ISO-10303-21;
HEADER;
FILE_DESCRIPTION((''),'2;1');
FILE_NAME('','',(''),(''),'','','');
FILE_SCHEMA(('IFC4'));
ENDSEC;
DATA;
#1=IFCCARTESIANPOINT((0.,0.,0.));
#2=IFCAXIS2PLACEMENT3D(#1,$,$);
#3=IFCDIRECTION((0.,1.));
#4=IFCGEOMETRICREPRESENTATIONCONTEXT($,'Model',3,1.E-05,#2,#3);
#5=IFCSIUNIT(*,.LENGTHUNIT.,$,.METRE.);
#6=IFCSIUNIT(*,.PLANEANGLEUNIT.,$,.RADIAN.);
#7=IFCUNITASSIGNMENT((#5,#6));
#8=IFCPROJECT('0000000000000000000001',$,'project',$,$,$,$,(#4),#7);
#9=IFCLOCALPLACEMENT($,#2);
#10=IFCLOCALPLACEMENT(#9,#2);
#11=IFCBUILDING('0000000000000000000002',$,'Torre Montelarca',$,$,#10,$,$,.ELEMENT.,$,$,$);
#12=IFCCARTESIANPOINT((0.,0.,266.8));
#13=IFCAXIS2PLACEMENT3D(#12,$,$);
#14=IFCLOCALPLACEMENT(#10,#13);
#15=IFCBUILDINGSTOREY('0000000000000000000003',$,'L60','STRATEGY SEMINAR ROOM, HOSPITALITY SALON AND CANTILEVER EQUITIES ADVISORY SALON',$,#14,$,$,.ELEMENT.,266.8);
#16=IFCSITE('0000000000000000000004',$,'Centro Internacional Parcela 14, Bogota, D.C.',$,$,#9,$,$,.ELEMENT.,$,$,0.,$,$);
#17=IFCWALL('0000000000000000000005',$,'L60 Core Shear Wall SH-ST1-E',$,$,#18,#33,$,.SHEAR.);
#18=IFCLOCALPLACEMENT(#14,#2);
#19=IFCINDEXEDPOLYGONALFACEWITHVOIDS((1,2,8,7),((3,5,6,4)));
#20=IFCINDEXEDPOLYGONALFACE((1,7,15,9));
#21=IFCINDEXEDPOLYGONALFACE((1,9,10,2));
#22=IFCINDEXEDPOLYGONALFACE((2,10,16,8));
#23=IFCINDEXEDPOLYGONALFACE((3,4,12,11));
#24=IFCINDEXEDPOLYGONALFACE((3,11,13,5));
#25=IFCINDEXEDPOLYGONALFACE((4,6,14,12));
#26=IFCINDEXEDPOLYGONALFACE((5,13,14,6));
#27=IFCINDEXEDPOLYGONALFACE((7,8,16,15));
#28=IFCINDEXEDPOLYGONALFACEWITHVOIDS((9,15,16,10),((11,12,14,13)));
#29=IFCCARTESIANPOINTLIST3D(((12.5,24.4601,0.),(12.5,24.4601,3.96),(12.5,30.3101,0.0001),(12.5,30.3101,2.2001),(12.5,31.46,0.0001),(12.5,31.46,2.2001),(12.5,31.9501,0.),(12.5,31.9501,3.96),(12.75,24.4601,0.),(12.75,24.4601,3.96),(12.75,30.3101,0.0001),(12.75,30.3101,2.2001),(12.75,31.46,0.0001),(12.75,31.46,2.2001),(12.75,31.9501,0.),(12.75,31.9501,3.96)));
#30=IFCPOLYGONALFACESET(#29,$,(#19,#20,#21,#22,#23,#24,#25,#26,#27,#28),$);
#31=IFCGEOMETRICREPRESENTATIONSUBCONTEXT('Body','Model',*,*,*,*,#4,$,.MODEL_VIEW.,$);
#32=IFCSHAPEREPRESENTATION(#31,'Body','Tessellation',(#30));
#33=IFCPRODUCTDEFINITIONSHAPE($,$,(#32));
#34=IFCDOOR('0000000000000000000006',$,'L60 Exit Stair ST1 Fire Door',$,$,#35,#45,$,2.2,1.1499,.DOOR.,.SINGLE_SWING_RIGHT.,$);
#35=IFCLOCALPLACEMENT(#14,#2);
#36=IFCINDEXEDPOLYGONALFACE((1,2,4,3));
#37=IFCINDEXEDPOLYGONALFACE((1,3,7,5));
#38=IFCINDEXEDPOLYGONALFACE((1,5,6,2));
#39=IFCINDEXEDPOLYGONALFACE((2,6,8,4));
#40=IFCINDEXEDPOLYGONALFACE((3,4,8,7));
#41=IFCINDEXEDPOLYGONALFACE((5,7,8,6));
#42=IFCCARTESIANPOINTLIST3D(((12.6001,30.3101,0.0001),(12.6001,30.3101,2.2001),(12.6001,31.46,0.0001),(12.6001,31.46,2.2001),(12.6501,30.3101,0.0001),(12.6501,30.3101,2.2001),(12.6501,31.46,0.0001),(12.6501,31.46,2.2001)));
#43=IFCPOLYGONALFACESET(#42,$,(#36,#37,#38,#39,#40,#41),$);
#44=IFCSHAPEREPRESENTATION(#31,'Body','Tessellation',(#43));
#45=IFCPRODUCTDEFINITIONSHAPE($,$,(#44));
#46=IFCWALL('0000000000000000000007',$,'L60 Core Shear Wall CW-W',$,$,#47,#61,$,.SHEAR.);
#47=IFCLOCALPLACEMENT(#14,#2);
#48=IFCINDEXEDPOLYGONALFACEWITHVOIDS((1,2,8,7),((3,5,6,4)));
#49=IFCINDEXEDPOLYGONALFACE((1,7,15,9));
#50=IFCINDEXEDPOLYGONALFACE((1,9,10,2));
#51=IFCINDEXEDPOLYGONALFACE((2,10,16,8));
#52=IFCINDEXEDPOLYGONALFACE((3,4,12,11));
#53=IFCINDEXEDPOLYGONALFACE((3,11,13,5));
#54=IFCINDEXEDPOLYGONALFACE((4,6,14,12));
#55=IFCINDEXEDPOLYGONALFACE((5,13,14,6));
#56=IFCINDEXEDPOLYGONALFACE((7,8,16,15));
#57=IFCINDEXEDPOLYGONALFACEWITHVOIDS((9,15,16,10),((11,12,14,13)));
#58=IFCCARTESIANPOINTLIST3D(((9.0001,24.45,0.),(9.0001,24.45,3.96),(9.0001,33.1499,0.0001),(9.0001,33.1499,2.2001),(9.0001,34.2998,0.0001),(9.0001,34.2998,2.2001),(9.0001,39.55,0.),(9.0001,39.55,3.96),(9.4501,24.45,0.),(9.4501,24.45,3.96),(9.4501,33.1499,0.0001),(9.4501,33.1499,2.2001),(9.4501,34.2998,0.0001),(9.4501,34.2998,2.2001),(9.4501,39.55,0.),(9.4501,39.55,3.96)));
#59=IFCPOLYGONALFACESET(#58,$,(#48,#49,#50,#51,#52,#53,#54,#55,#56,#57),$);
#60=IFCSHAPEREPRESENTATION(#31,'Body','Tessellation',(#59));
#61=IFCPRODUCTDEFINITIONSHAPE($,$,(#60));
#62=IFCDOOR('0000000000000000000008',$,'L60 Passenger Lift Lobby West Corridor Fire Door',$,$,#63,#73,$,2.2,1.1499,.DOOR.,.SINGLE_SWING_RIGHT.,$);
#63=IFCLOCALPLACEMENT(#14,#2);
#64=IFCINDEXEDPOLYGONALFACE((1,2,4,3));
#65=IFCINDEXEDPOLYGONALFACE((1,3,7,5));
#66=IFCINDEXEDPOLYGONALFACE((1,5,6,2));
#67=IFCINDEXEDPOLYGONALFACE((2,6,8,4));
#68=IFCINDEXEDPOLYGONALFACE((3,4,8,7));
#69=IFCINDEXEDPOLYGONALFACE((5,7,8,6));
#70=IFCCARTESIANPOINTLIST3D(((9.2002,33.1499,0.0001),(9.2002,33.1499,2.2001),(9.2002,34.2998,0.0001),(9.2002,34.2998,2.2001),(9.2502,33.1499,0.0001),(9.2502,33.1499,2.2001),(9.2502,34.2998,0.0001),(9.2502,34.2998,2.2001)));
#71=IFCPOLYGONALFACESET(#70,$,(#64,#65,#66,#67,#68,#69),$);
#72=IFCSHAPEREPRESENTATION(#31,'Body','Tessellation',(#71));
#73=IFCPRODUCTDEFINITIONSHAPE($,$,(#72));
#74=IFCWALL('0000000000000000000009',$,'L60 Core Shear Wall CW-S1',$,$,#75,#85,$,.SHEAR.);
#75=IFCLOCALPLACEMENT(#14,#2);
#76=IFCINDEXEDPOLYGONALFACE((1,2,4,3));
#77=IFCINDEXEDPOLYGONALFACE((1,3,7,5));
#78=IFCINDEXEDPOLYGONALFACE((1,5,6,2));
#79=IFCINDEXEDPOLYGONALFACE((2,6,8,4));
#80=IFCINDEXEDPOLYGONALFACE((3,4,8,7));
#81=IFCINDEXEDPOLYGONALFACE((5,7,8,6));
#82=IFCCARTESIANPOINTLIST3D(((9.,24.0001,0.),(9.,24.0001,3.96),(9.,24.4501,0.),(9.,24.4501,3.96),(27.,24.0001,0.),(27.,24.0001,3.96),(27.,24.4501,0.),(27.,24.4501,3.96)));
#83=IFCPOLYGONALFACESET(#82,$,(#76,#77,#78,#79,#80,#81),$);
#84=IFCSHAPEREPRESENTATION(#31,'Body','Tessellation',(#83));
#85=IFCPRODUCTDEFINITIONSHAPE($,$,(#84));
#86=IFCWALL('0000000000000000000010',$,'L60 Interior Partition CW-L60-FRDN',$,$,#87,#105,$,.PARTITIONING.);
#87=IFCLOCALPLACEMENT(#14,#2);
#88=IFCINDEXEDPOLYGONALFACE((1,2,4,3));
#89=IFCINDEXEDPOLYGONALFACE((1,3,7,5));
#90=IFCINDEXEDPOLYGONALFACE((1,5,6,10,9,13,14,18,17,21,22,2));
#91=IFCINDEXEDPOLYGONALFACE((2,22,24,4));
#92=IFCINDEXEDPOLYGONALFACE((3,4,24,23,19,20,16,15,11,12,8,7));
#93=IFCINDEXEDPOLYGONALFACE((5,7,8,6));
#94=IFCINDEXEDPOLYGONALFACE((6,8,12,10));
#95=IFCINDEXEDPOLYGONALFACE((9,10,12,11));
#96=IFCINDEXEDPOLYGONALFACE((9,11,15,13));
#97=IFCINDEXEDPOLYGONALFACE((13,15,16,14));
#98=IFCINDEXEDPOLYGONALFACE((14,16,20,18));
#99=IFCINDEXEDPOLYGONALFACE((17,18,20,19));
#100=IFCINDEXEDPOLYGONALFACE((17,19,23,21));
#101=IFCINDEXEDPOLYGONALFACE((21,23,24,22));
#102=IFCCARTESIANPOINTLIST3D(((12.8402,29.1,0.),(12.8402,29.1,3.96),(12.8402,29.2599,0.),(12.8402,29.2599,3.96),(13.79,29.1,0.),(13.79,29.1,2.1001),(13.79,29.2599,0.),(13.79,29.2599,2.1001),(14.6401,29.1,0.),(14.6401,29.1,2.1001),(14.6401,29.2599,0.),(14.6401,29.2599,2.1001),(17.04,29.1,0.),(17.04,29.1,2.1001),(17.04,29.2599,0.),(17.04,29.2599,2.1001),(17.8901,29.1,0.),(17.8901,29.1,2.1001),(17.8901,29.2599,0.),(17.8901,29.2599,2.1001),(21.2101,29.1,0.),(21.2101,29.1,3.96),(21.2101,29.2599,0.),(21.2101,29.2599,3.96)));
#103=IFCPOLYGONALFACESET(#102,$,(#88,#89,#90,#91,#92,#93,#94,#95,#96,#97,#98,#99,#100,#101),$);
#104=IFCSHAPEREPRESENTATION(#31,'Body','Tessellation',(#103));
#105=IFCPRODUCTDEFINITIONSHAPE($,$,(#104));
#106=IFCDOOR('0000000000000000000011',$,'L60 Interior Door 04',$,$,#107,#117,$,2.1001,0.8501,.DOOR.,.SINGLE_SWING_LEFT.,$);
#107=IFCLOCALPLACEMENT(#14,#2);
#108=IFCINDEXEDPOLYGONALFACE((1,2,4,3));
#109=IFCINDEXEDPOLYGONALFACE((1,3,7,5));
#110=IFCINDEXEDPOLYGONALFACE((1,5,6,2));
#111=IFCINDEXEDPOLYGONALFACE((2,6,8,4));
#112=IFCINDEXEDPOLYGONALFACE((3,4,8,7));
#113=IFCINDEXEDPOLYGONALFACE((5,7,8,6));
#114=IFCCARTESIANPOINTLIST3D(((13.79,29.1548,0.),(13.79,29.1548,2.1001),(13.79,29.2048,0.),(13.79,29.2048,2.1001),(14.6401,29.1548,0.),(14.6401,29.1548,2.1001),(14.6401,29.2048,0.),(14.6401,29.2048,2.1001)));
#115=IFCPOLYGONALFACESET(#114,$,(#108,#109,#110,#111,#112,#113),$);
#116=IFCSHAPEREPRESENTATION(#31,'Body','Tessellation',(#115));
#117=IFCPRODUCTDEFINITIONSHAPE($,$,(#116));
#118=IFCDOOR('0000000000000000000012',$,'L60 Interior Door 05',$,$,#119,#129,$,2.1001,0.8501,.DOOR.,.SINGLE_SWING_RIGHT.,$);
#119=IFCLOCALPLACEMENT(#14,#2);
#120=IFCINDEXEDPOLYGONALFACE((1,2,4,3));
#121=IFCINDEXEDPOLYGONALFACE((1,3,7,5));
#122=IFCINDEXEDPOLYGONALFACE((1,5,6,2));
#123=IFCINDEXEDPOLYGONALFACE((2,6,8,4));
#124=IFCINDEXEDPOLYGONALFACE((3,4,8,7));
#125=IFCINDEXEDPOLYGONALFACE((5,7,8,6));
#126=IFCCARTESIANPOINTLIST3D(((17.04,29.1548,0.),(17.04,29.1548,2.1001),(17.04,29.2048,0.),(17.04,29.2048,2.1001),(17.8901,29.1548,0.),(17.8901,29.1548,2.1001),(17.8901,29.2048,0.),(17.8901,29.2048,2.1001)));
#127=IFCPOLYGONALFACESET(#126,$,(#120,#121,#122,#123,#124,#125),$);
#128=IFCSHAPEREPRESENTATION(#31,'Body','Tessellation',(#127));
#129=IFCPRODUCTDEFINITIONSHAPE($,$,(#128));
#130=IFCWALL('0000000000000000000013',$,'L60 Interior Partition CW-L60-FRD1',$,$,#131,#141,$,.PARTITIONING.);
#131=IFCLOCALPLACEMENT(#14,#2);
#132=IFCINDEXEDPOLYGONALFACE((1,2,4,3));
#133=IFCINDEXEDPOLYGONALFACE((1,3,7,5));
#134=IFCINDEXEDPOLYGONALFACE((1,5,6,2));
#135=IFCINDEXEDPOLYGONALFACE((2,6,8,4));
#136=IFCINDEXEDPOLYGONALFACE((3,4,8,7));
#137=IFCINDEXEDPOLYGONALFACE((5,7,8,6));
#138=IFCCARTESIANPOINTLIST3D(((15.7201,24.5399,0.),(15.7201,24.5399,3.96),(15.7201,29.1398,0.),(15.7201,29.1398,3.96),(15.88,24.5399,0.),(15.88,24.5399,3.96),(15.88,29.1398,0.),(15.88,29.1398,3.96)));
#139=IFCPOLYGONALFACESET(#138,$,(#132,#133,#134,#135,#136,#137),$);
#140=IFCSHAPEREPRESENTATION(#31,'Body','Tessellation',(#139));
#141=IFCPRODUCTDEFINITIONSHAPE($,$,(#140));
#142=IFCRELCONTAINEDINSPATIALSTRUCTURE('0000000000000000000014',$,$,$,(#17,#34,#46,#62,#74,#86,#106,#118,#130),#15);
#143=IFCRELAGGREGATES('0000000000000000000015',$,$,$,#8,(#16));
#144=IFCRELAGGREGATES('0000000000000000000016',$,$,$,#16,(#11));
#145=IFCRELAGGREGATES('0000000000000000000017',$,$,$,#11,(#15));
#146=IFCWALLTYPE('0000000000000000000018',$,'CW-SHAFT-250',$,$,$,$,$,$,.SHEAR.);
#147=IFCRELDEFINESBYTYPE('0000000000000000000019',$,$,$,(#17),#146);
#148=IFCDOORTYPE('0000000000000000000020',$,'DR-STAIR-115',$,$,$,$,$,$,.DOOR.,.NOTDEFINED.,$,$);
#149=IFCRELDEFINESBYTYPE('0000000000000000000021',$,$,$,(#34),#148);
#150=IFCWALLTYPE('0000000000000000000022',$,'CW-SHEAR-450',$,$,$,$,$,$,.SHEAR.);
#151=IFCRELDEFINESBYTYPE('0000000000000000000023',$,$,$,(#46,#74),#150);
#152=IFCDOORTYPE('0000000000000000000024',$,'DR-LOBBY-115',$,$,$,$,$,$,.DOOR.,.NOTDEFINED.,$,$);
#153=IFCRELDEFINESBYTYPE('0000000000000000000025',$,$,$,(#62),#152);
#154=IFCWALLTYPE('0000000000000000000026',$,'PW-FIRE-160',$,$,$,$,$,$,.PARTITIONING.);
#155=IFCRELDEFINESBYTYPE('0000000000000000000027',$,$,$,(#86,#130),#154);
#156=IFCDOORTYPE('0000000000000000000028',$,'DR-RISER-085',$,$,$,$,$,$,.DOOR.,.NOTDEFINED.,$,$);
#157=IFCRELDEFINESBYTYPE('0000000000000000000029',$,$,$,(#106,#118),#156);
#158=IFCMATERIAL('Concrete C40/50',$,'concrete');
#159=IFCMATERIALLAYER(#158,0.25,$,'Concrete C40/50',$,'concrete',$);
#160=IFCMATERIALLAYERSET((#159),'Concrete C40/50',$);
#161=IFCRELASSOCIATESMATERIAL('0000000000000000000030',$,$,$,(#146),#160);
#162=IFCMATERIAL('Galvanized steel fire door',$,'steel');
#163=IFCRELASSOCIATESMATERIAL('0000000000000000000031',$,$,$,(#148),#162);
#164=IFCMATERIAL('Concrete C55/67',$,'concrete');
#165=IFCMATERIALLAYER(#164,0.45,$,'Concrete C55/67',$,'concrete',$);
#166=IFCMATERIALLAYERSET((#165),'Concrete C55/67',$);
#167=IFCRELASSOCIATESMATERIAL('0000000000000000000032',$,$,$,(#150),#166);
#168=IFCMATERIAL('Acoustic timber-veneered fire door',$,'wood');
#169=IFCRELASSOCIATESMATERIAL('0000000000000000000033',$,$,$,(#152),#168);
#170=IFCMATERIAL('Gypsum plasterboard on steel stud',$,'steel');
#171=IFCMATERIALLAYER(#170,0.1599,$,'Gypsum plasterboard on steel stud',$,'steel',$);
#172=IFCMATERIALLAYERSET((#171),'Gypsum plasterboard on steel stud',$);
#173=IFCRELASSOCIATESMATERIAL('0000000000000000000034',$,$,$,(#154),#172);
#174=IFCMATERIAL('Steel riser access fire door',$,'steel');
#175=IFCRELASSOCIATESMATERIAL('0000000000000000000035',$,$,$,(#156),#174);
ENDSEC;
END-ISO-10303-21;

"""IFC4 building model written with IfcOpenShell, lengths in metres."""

from ifc_helpers import new_model, si_unit, direction, frame, frame_2d, origin, place, context, subcontext, project, spatial, rectangle, extrude, source, transform, mapped, material, layer, layer_set, type_object, element, fill, save


model = new_model("IFC4")

# Units and contexts
model_context = context("Model", 3, precision=1e-05, world=origin(), true_north=direction((0.0, 1.0)))
body_context = subcontext(model_context, "Body", "Model", "MODEL_VIEW")
ifc_project = project(units=[si_unit("LENGTHUNIT", "METRE"), si_unit("PLANEANGLEUNIT", "RADIAN")], contexts=[model_context])

# Site, building, storey
site_placement = place(None, origin())
site = spatial("IfcSite", under=ifc_project, at=site_placement, Name="Centro Internacional Parcela 14, Bogota, D.C.", CompositionType="ELEMENT", RefElevation=0.0)
building_placement = place(site_placement, origin())
building = spatial("IfcBuilding", under=site, at=building_placement, Name="Torre Montelarca", CompositionType="ELEMENT")
storey_placement = place(building_placement, frame((0.0, 0.0, 266.8)))
storey = spatial("IfcBuildingStorey", under=building, at=storey_placement, Name="L60", Description="STRATEGY SEMINAR ROOM, HOSPITALITY SALON AND CANTILEVER EQUITIES ADVISORY SALON", CompositionType="ELEMENT", Elevation=266.8)

# Shared definitions
ifc_material_1 = material(Name="Concrete C55/67", Category="concrete")

# Walls, openings, doors
ifc_material_2 = material(Name="Concrete C40/50", Category="concrete")
ifc_layer_1 = layer(ifc_material_2, 0.25, Name="Concrete C40/50", Category="concrete")
ifc_layer_set_1 = layer_set([ifc_layer_1], Name="Concrete C40/50")
wall_type_1 = type_object("IfcWallType", Name="CW-SHAFT-250", PredefinedType="SHEAR", material=ifc_layer_set_1)
wall_1_placement = place(storey_placement, frame((12.625, 24.46, 0.0), z_axis=(0.0, 0.0, 1.0), x_axis=(0.0, 1.0, 0.0)))
wall_1 = element("IfcWall", 1, at=wall_1_placement, inside=storey, type_object=wall_type_1, Name="L60 Core Shear Wall SH-ST1-E", PredefinedType="SHEAR", context=body_context, shape_type="SweptSolid", body=[
    extrude(rectangle(XDim=7.49, YDim=0.25, at=frame_2d((3.7451, 0.0))), origin(), (0.0, 0.0, 1.0), 3.96),
])
opening_1_placement = place(wall_1_placement, frame((5.8501, 0.0, 0.0)))
opening_1 = element("IfcOpeningElement", 2, at=opening_1_placement, cuts=wall_1, PredefinedType="OPENING", context=body_context, shape_type="SweptSolid", body=[
    extrude(rectangle(XDim=1.1499, YDim=2.2, at=frame_2d((0.575, 1.1001))), frame((0.0, 0.135, 0.0), z_axis=(0.0, -1.0, 0.0), x_axis=(1.0, 0.0, 0.0)), (0.0, 0.0, 1.0), 0.27),
])
ifc_material_3 = material(Name="Galvanized steel fire door", Category="steel")
door_type_1 = type_object("IfcDoorType", Name="DR-STAIR-115", OperationType="NOTDEFINED", PredefinedType="DOOR", material=ifc_material_3)
shared_shape_1 = source(origin(), body_context, "Body", "SweptSolid", [
    extrude(rectangle(XDim=1.1499, YDim=2.2, at=frame_2d((0.575, 1.1001))), frame((0.0, 0.0249, 0.0), z_axis=(0.0, -1.0, 0.0), x_axis=(1.0, 0.0, 0.0)), (0.0, 0.0, 1.0), 0.05),
])
door_1_placement = place(opening_1_placement, origin())
door_1 = element("IfcDoor", 3, at=door_1_placement, inside=storey, type_object=door_type_1, Name="L60 Exit Stair ST1 Fire Door", OperationType="SINGLE_SWING_RIGHT", OverallHeight=2.2, OverallWidth=1.1499, PredefinedType="DOOR", context=body_context, shape_type="MappedRepresentation", body=[
    mapped(shared_shape_1, transform((0.0, 0.0, 0.0), scale=1.0)),
])
fill(opening_1, door_1)
ifc_layer_2 = layer(ifc_material_1, 0.45, Name="Concrete C55/67", Category="concrete")
ifc_layer_set_2 = layer_set([ifc_layer_2], Name="Concrete C55/67")
wall_type_2 = type_object("IfcWallType", Name="CW-SHEAR-450", PredefinedType="SHEAR", material=ifc_layer_set_2)
wall_2_placement = place(storey_placement, frame((9.2251, 24.45, 0.0), z_axis=(0.0, 0.0, 1.0), x_axis=(0.0, 1.0, 0.0)))
wall_2 = element("IfcWall", 4, at=wall_2_placement, inside=storey, type_object=wall_type_2, Name="L60 Core Shear Wall CW-W", PredefinedType="SHEAR", context=body_context, shape_type="SweptSolid", body=[
    extrude(rectangle(XDim=15.1001, YDim=0.45, at=frame_2d((7.55, 0.0))), origin(), (0.0, 0.0, 1.0), 3.96),
])
opening_2_placement = place(wall_2_placement, frame((8.7, 0.0, 0.0)))
opening_2 = element("IfcOpeningElement", 5, at=opening_2_placement, cuts=wall_2, PredefinedType="OPENING", context=body_context, shape_type="SweptSolid", body=[
    extrude(rectangle(XDim=1.1499, YDim=2.2, at=frame_2d((0.575, 1.1001))), frame((0.0, 0.2349, 0.0), z_axis=(0.0, -1.0, 0.0), x_axis=(1.0, 0.0, 0.0)), (0.0, 0.0, 1.0), 0.47),
])
ifc_material_4 = material(Name="Acoustic timber-veneered fire door", Category="wood")
door_type_2 = type_object("IfcDoorType", Name="DR-LOBBY-115", OperationType="NOTDEFINED", PredefinedType="DOOR", material=ifc_material_4)
shared_shape_2 = source(origin(), body_context, "Body", "SweptSolid", [
    extrude(rectangle(XDim=1.1499, YDim=2.2, at=frame_2d((0.575, 1.1001))), frame((0.0, 0.0249, 0.0), z_axis=(0.0, -1.0, 0.0), x_axis=(1.0, 0.0, 0.0)), (0.0, 0.0, 1.0), 0.05),
])
door_2_placement = place(opening_2_placement, origin())
door_2 = element("IfcDoor", 6, at=door_2_placement, inside=storey, type_object=door_type_2, Name="L60 Passenger Lift Lobby West Corridor Fire Door", OperationType="SINGLE_SWING_RIGHT", OverallHeight=2.2, OverallWidth=1.1499, PredefinedType="DOOR", context=body_context, shape_type="MappedRepresentation", body=[
    mapped(shared_shape_2, transform((0.0, 0.0, 0.0), scale=1.0)),
])
fill(opening_2, door_2)

# Wall
wall_3_placement = place(storey_placement, frame((9.0, 24.2251, 0.0), z_axis=(0.0, 0.0, 1.0), x_axis=(1.0, 0.0, 0.0)))
element("IfcWall", 7, at=wall_3_placement, inside=storey, type_object=wall_type_2, Name="L60 Core Shear Wall CW-S1", PredefinedType="SHEAR", context=body_context, shape_type="SweptSolid", body=[
    extrude(rectangle(XDim=18.0, YDim=0.45, at=frame_2d((9.0, 0.0))), origin(), (0.0, 0.0, 1.0), 3.96),
])

# Wall, openings, doors
ifc_material_5 = material(Name="Gypsum plasterboard on steel stud", Category="steel")
ifc_layer_3 = layer(ifc_material_5, 0.1599, Name="Gypsum plasterboard on steel stud", Category="steel")
ifc_layer_set_3 = layer_set([ifc_layer_3], Name="Gypsum plasterboard on steel stud")
wall_type_3 = type_object("IfcWallType", Name="PW-FIRE-160", PredefinedType="PARTITIONING", material=ifc_layer_set_3)
wall_4_placement = place(storey_placement, frame((12.8401, 29.1799, 0.0), z_axis=(0.0, 0.0, 1.0), x_axis=(1.0, 0.0, 0.0)))
wall_4 = element("IfcWall", 8, at=wall_4_placement, inside=storey, type_object=wall_type_3, Name="L60 Interior Partition CW-L60-FRDN", PredefinedType="PARTITIONING", context=body_context, shape_type="SweptSolid", body=[
    extrude(rectangle(XDim=8.3699, YDim=0.1599, at=frame_2d((4.1851, 0.0))), origin(), (0.0, 0.0, 1.0), 3.96),
])
opening_3_placement = place(wall_4_placement, frame((0.95, 0.0, 0.0)))
opening_3 = element("IfcOpeningElement", 9, at=opening_3_placement, cuts=wall_4, PredefinedType="OPENING", context=body_context, shape_type="SweptSolid", body=[
    extrude(rectangle(XDim=0.8501, YDim=2.1001, at=frame_2d((0.425, 1.05))), frame((0.0, 0.0898, 0.0), z_axis=(0.0, -1.0, 0.0), x_axis=(1.0, 0.0, 0.0)), (0.0, 0.0, 1.0), 0.1799),
])
opening_4_placement = place(wall_4_placement, frame((4.2, 0.0, 0.0)))
opening_4 = element("IfcOpeningElement", 10, at=opening_4_placement, cuts=wall_4, PredefinedType="OPENING", context=body_context, shape_type="SweptSolid", body=[
    extrude(rectangle(XDim=0.8501, YDim=2.1001, at=frame_2d((0.425, 1.05))), frame((0.0, 0.0898, 0.0), z_axis=(0.0, -1.0, 0.0), x_axis=(1.0, 0.0, 0.0)), (0.0, 0.0, 1.0), 0.1799),
])
ifc_material_6 = material(Name="Steel riser access fire door", Category="steel")
door_type_3 = type_object("IfcDoorType", Name="DR-RISER-085", OperationType="NOTDEFINED", PredefinedType="DOOR", material=ifc_material_6)
shared_shape_3 = source(origin(), body_context, "Body", "SweptSolid", [
    extrude(rectangle(XDim=0.8501, YDim=2.1001, at=frame_2d((0.425, 1.05))), frame((0.0, 0.0249, 0.0), z_axis=(0.0, -1.0, 0.0), x_axis=(1.0, 0.0, 0.0)), (0.0, 0.0, 1.0), 0.05),
])
door_3_placement = place(opening_3_placement, origin())
door_3 = element("IfcDoor", 11, at=door_3_placement, inside=storey, type_object=door_type_3, Name="L60 Interior Door 04", OperationType="SINGLE_SWING_LEFT", OverallHeight=2.1001, OverallWidth=0.8501, PredefinedType="DOOR", context=body_context, shape_type="MappedRepresentation", body=[
    mapped(shared_shape_3, transform((0.0, 0.0, 0.0), scale=1.0)),
])
fill(opening_3, door_3)
door_4_placement = place(opening_4_placement, origin())
door_4 = element("IfcDoor", 12, at=door_4_placement, inside=storey, type_object=door_type_3, Name="L60 Interior Door 05", OperationType="SINGLE_SWING_RIGHT", OverallHeight=2.1001, OverallWidth=0.8501, PredefinedType="DOOR", context=body_context, shape_type="MappedRepresentation", body=[
    mapped(shared_shape_3, transform((0.0, 0.0, 0.0), scale=1.0)),
])
fill(opening_4, door_4)

# Wall
wall_5_placement = place(storey_placement, frame((15.8, 24.54, 0.0), z_axis=(0.0, 0.0, 1.0), x_axis=(0.0, 1.0, 0.0)))
element("IfcWall", 13, at=wall_5_placement, inside=storey, type_object=wall_type_3, Name="L60 Interior Partition CW-L60-FRD1", PredefinedType="PARTITIONING", context=body_context, shape_type="SweptSolid", body=[
    extrude(rectangle(XDim=4.5999, YDim=0.1599, at=frame_2d((2.2998, 0.0))), origin(), (0.0, 0.0, 1.0), 3.96),
])

save(model, "model.ifc")
